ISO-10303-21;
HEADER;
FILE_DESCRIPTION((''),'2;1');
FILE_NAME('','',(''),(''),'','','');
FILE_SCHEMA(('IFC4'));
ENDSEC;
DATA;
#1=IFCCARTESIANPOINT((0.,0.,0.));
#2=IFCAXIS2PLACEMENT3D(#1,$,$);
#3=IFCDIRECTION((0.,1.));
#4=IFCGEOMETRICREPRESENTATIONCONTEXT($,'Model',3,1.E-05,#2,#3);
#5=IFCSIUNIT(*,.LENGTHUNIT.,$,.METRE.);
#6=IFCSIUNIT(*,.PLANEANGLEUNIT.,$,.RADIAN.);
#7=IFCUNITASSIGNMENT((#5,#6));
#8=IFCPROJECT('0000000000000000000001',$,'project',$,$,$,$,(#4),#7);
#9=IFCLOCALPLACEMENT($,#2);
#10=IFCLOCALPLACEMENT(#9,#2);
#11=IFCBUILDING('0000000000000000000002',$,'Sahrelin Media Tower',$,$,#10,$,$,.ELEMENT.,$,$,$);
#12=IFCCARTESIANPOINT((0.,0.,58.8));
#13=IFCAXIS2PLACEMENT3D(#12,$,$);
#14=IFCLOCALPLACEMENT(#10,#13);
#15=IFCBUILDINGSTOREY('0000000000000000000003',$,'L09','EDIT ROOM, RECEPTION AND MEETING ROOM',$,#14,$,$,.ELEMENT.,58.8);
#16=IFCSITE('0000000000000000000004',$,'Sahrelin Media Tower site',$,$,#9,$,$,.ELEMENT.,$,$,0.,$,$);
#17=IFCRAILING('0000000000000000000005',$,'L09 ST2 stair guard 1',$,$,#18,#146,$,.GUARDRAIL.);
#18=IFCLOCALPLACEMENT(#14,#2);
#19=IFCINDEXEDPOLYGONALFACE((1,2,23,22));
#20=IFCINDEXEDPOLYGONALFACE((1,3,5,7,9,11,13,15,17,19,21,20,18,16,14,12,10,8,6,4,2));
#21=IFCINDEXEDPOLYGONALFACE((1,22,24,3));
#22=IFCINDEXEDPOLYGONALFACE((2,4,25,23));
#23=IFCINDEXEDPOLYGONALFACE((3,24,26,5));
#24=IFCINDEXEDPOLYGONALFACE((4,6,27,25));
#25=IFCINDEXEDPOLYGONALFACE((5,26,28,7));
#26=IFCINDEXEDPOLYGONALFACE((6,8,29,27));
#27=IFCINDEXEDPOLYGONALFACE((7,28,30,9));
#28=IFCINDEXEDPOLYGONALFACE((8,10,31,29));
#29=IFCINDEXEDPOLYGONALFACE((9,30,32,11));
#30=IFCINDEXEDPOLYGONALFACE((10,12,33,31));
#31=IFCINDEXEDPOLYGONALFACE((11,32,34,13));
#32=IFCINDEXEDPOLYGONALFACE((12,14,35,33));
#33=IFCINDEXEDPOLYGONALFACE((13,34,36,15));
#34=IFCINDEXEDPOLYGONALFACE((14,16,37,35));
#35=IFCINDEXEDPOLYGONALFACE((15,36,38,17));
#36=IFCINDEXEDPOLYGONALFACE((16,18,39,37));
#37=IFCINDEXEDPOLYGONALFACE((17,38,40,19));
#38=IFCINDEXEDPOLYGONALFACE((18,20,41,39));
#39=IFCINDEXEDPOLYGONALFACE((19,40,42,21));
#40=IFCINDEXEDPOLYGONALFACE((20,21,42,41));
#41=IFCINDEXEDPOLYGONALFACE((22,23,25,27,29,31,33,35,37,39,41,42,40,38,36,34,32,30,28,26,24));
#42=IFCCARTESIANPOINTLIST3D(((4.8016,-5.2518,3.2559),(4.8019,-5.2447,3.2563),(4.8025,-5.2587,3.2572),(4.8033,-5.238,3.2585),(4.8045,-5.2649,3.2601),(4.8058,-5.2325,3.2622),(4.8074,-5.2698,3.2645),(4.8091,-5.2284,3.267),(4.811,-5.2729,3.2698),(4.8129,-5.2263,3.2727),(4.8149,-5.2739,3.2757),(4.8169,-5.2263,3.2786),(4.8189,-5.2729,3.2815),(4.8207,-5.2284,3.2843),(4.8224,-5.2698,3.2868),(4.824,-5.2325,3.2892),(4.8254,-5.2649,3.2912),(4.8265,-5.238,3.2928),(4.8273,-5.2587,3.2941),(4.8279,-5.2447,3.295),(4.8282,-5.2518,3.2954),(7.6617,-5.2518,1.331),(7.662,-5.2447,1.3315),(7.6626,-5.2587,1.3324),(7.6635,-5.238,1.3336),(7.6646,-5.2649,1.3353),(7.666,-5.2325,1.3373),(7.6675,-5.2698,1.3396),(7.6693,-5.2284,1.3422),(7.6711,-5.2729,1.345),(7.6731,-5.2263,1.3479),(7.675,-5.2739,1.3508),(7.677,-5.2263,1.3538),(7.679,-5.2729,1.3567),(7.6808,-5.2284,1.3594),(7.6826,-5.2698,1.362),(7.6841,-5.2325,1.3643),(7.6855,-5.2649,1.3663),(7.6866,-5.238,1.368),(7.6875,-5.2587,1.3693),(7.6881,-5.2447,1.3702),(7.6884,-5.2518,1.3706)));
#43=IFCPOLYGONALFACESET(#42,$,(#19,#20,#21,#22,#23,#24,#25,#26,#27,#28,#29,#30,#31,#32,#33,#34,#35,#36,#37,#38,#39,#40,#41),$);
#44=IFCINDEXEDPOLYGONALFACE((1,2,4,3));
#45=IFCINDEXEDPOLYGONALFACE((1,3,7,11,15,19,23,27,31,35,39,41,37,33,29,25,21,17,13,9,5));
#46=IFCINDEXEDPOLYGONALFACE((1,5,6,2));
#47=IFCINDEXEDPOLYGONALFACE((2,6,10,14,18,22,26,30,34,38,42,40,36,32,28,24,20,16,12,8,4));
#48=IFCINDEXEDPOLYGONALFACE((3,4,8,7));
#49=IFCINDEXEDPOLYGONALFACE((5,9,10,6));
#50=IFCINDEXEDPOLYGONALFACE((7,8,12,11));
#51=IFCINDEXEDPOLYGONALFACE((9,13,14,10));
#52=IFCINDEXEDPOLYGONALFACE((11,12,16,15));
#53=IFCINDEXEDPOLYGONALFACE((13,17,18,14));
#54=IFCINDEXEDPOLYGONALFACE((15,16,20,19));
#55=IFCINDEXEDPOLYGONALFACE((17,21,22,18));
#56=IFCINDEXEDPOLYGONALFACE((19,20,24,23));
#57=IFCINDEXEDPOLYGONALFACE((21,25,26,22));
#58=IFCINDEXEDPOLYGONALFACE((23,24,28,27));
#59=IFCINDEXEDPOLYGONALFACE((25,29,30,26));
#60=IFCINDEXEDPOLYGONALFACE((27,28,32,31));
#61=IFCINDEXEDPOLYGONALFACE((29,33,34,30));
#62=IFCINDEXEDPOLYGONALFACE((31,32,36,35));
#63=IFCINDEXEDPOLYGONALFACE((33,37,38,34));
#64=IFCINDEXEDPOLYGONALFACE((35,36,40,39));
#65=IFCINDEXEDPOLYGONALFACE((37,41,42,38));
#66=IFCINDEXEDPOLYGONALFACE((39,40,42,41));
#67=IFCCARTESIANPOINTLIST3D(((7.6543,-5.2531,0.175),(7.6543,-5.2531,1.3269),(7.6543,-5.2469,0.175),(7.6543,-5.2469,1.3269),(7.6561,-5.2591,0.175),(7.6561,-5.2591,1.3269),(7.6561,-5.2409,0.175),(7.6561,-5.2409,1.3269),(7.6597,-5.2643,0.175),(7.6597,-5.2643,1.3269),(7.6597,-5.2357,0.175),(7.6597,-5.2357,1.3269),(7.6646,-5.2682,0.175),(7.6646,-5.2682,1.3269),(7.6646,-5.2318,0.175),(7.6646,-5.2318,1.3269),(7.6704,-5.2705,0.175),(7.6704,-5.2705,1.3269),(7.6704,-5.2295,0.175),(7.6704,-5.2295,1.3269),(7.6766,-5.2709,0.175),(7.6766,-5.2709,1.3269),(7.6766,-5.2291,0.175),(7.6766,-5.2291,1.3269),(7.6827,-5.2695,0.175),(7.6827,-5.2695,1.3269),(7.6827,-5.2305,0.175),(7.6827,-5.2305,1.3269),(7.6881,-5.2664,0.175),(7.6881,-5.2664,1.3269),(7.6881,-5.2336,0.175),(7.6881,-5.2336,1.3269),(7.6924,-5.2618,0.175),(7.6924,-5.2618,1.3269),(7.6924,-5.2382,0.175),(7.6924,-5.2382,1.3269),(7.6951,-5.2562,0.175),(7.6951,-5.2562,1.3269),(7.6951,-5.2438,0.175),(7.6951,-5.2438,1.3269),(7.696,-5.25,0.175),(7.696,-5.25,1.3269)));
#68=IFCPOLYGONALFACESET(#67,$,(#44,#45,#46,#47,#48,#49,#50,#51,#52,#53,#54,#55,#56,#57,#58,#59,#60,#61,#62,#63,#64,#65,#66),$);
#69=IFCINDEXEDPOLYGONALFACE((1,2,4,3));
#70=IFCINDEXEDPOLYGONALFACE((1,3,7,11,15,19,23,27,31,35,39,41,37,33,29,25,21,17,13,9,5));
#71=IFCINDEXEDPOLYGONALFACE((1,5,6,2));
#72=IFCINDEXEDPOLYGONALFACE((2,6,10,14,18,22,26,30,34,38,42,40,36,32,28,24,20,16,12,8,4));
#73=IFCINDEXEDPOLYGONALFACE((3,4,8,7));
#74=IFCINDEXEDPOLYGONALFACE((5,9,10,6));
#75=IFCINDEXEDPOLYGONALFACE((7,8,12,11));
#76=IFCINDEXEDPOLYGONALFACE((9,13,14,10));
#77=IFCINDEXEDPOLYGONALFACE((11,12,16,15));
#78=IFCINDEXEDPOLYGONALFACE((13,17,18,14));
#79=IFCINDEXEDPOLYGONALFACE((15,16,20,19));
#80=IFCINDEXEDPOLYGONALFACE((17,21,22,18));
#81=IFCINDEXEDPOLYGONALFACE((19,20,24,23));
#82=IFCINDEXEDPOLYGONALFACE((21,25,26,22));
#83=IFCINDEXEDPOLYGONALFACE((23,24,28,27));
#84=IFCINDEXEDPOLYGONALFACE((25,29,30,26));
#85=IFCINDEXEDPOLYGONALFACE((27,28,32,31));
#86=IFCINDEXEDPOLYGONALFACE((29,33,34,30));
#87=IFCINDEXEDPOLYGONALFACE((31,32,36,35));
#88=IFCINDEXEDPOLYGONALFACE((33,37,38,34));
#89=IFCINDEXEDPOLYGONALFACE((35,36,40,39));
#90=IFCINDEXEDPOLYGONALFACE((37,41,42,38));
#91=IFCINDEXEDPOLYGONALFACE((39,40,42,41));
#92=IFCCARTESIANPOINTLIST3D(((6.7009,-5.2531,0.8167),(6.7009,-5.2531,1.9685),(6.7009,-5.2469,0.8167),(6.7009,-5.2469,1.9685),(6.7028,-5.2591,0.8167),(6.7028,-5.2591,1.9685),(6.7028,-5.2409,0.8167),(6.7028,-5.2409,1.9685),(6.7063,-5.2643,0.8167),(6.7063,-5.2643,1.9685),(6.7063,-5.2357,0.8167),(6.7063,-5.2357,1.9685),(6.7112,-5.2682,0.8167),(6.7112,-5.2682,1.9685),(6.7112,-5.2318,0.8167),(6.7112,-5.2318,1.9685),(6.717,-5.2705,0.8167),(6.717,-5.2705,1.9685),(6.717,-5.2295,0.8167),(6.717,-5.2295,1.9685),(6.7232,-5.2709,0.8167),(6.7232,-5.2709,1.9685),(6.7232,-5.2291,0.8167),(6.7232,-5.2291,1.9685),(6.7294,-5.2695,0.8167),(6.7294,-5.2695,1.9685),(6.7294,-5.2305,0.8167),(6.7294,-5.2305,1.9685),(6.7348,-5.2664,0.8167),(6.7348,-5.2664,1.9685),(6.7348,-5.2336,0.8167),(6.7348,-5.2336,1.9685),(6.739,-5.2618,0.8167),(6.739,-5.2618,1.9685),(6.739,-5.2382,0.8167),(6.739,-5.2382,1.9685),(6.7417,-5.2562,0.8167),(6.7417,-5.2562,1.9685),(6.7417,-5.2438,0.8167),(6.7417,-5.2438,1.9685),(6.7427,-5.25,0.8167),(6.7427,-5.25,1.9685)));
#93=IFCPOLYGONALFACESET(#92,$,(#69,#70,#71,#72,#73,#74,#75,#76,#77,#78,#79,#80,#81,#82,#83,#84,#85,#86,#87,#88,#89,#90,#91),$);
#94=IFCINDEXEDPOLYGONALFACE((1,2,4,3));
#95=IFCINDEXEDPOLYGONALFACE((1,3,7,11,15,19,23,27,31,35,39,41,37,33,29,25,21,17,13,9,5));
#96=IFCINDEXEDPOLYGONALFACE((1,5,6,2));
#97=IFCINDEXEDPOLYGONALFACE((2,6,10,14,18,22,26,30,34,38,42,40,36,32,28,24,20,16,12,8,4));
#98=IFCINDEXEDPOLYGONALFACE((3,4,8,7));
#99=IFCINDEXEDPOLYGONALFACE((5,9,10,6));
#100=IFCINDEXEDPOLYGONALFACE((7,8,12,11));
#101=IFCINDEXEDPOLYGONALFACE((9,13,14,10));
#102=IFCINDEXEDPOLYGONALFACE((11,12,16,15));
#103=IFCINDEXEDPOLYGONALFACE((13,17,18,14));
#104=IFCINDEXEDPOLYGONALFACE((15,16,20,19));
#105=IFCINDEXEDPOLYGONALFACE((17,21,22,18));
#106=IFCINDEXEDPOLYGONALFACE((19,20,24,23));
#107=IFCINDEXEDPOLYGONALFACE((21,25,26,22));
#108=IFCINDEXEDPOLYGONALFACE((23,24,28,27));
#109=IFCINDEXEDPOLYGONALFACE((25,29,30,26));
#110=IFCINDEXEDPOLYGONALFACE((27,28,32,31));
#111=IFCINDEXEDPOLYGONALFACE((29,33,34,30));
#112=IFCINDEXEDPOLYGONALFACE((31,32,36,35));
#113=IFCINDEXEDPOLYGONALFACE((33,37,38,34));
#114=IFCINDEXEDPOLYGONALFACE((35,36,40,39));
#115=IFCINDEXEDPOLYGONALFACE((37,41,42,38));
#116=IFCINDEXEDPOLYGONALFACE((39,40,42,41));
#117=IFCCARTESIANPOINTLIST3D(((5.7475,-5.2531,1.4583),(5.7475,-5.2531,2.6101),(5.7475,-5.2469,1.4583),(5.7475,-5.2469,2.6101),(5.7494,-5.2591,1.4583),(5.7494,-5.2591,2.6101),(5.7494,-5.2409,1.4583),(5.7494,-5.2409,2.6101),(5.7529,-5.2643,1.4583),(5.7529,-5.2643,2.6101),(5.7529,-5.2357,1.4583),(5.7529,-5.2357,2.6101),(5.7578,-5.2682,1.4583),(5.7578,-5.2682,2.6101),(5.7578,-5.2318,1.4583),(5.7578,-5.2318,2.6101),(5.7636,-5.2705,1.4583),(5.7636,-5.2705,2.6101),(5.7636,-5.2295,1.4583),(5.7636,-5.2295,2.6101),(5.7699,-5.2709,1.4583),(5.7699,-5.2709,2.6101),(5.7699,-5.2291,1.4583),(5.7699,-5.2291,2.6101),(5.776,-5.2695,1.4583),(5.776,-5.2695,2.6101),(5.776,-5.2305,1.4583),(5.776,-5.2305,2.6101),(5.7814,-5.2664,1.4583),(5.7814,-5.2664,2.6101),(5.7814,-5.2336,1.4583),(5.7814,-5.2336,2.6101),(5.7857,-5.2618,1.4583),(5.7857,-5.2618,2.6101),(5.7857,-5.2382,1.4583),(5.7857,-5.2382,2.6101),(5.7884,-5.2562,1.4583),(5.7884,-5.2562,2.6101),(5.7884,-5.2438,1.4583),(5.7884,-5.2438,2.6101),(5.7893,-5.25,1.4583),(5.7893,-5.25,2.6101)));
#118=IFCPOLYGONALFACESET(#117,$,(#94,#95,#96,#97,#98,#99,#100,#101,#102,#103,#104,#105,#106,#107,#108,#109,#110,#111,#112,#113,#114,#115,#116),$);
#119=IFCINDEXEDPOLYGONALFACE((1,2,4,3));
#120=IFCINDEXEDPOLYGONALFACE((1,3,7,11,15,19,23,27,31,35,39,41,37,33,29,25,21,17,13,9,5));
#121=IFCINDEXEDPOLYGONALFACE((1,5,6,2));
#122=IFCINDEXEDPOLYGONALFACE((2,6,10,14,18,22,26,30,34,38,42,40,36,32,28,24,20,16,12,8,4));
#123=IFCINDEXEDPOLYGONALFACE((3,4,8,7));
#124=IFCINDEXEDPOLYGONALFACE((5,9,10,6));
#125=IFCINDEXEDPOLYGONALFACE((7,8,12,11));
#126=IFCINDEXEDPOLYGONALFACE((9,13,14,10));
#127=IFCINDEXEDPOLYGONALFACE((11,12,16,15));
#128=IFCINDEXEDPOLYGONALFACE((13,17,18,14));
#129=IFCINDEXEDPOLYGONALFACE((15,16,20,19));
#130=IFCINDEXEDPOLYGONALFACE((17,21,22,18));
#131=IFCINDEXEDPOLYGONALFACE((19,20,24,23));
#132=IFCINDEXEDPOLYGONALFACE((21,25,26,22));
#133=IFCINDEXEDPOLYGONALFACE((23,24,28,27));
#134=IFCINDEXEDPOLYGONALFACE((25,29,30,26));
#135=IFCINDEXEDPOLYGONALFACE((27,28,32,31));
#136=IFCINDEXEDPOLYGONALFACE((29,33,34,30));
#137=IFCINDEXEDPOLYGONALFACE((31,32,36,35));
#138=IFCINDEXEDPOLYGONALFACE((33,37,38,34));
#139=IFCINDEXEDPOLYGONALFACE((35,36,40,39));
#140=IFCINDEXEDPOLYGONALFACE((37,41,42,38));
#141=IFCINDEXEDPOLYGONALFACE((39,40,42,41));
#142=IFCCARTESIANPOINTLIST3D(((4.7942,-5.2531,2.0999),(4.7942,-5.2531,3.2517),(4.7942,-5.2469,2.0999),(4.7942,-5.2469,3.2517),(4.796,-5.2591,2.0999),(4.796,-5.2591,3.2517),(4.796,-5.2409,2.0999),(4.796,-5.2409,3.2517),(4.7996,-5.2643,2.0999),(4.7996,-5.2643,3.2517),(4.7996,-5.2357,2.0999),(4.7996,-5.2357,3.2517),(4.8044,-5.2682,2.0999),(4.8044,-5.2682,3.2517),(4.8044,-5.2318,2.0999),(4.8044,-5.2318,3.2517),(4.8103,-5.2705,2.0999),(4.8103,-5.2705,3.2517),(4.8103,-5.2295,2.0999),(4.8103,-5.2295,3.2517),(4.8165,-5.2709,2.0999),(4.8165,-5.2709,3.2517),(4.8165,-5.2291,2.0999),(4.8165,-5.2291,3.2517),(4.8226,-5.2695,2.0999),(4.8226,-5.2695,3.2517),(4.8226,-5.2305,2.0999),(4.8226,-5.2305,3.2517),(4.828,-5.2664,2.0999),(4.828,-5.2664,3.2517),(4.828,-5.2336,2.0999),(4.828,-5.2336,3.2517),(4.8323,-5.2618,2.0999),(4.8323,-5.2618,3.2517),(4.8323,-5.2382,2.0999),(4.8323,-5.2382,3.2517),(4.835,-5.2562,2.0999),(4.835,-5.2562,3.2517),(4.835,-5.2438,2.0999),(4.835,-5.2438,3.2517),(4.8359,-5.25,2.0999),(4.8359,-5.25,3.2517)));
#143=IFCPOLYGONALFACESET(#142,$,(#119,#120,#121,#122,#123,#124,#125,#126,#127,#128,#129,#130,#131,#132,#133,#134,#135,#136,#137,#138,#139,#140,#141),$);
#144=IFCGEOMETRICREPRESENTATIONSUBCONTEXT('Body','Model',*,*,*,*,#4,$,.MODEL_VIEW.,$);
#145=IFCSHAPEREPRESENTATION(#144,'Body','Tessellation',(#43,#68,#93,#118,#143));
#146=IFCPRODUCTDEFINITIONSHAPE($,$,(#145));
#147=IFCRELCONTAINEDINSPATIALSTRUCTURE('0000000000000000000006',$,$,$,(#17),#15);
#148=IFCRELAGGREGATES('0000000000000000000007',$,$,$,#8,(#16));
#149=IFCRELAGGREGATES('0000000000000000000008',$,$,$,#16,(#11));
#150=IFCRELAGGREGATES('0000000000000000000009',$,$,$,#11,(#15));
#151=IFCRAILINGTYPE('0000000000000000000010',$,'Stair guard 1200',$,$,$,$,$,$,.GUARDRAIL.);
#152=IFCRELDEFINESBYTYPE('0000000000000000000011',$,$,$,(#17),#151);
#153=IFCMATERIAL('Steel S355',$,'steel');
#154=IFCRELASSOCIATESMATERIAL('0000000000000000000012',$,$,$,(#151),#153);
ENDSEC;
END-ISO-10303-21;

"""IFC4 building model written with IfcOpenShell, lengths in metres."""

from ifc_helpers import new_model, si_unit, direction, frame, origin, origin_2d, place, context, subcontext, project, spatial, circle, extrude, material, type_object, element, save


model = new_model("IFC4")

# Units and contexts
model_context = context("Model", 3, precision=1e-05, world=origin(), true_north=direction((0.0, 1.0)))
body_context = subcontext(model_context, "Body", "Model", "MODEL_VIEW")
ifc_project = project(units=[si_unit("LENGTHUNIT", "METRE"), si_unit("PLANEANGLEUNIT", "RADIAN")], contexts=[model_context])

# Site, building, storey
site_placement = place(None, origin())
site = spatial("IfcSite", under=ifc_project, at=site_placement, Name="Sahrelin Media Tower site", CompositionType="ELEMENT", RefElevation=0.0)
building_placement = place(site_placement, origin())
building = spatial("IfcBuilding", under=site, at=building_placement, Name="Sahrelin Media Tower", CompositionType="ELEMENT")
storey_placement = place(building_placement, frame((0.0, 0.0, 58.8)))
storey = spatial("IfcBuildingStorey", under=building, at=storey_placement, Name="L09", Description="EDIT ROOM, RECEPTION AND MEETING ROOM", CompositionType="ELEMENT", Elevation=58.8)

# Railing
ifc_material_1 = material(Name="Steel S355", Category="steel")
railing_type_1 = type_object("IfcRailingType", Name="Stair guard 1200", PredefinedType="GUARDRAIL", material=ifc_material_1)
railing_1_placement = place(storey_placement, frame((7.675, -5.25, 0.175)))
element("IfcRailing", 1, at=railing_1_placement, inside=storey, type_object=railing_type_1, Name="L09 ST2 stair guard 1", PredefinedType="GUARDRAIL", context=body_context, shape_type="SweptSolid", body=[
    extrude(circle(Radius=0.0239, at=origin_2d()), frame((0.0, 0.0, 1.1758), z_axis=(-0.829624, 0.0, 0.558323), x_axis=(0.0, -1.0, 0.0)), (0.0, 0.0, 1.0), 3.4475),
    extrude(circle(Radius=0.021, at=origin_2d()), origin(), (0.0, 0.0, 1.0), 1.1519),
    extrude(circle(Radius=0.021, at=origin_2d()), frame((-0.9534, 0.0, 0.6416)), (0.0, 0.0, 1.0), 1.1519),
    extrude(circle(Radius=0.021, at=origin_2d()), frame((-1.9067, 0.0, 1.2832)), (0.0, 0.0, 1.0), 1.1519),
    extrude(circle(Radius=0.021, at=origin_2d()), frame((-2.8601, 0.0, 1.9248)), (0.0, 0.0, 1.0), 1.1519),
])

save(model, "model.ifc")
